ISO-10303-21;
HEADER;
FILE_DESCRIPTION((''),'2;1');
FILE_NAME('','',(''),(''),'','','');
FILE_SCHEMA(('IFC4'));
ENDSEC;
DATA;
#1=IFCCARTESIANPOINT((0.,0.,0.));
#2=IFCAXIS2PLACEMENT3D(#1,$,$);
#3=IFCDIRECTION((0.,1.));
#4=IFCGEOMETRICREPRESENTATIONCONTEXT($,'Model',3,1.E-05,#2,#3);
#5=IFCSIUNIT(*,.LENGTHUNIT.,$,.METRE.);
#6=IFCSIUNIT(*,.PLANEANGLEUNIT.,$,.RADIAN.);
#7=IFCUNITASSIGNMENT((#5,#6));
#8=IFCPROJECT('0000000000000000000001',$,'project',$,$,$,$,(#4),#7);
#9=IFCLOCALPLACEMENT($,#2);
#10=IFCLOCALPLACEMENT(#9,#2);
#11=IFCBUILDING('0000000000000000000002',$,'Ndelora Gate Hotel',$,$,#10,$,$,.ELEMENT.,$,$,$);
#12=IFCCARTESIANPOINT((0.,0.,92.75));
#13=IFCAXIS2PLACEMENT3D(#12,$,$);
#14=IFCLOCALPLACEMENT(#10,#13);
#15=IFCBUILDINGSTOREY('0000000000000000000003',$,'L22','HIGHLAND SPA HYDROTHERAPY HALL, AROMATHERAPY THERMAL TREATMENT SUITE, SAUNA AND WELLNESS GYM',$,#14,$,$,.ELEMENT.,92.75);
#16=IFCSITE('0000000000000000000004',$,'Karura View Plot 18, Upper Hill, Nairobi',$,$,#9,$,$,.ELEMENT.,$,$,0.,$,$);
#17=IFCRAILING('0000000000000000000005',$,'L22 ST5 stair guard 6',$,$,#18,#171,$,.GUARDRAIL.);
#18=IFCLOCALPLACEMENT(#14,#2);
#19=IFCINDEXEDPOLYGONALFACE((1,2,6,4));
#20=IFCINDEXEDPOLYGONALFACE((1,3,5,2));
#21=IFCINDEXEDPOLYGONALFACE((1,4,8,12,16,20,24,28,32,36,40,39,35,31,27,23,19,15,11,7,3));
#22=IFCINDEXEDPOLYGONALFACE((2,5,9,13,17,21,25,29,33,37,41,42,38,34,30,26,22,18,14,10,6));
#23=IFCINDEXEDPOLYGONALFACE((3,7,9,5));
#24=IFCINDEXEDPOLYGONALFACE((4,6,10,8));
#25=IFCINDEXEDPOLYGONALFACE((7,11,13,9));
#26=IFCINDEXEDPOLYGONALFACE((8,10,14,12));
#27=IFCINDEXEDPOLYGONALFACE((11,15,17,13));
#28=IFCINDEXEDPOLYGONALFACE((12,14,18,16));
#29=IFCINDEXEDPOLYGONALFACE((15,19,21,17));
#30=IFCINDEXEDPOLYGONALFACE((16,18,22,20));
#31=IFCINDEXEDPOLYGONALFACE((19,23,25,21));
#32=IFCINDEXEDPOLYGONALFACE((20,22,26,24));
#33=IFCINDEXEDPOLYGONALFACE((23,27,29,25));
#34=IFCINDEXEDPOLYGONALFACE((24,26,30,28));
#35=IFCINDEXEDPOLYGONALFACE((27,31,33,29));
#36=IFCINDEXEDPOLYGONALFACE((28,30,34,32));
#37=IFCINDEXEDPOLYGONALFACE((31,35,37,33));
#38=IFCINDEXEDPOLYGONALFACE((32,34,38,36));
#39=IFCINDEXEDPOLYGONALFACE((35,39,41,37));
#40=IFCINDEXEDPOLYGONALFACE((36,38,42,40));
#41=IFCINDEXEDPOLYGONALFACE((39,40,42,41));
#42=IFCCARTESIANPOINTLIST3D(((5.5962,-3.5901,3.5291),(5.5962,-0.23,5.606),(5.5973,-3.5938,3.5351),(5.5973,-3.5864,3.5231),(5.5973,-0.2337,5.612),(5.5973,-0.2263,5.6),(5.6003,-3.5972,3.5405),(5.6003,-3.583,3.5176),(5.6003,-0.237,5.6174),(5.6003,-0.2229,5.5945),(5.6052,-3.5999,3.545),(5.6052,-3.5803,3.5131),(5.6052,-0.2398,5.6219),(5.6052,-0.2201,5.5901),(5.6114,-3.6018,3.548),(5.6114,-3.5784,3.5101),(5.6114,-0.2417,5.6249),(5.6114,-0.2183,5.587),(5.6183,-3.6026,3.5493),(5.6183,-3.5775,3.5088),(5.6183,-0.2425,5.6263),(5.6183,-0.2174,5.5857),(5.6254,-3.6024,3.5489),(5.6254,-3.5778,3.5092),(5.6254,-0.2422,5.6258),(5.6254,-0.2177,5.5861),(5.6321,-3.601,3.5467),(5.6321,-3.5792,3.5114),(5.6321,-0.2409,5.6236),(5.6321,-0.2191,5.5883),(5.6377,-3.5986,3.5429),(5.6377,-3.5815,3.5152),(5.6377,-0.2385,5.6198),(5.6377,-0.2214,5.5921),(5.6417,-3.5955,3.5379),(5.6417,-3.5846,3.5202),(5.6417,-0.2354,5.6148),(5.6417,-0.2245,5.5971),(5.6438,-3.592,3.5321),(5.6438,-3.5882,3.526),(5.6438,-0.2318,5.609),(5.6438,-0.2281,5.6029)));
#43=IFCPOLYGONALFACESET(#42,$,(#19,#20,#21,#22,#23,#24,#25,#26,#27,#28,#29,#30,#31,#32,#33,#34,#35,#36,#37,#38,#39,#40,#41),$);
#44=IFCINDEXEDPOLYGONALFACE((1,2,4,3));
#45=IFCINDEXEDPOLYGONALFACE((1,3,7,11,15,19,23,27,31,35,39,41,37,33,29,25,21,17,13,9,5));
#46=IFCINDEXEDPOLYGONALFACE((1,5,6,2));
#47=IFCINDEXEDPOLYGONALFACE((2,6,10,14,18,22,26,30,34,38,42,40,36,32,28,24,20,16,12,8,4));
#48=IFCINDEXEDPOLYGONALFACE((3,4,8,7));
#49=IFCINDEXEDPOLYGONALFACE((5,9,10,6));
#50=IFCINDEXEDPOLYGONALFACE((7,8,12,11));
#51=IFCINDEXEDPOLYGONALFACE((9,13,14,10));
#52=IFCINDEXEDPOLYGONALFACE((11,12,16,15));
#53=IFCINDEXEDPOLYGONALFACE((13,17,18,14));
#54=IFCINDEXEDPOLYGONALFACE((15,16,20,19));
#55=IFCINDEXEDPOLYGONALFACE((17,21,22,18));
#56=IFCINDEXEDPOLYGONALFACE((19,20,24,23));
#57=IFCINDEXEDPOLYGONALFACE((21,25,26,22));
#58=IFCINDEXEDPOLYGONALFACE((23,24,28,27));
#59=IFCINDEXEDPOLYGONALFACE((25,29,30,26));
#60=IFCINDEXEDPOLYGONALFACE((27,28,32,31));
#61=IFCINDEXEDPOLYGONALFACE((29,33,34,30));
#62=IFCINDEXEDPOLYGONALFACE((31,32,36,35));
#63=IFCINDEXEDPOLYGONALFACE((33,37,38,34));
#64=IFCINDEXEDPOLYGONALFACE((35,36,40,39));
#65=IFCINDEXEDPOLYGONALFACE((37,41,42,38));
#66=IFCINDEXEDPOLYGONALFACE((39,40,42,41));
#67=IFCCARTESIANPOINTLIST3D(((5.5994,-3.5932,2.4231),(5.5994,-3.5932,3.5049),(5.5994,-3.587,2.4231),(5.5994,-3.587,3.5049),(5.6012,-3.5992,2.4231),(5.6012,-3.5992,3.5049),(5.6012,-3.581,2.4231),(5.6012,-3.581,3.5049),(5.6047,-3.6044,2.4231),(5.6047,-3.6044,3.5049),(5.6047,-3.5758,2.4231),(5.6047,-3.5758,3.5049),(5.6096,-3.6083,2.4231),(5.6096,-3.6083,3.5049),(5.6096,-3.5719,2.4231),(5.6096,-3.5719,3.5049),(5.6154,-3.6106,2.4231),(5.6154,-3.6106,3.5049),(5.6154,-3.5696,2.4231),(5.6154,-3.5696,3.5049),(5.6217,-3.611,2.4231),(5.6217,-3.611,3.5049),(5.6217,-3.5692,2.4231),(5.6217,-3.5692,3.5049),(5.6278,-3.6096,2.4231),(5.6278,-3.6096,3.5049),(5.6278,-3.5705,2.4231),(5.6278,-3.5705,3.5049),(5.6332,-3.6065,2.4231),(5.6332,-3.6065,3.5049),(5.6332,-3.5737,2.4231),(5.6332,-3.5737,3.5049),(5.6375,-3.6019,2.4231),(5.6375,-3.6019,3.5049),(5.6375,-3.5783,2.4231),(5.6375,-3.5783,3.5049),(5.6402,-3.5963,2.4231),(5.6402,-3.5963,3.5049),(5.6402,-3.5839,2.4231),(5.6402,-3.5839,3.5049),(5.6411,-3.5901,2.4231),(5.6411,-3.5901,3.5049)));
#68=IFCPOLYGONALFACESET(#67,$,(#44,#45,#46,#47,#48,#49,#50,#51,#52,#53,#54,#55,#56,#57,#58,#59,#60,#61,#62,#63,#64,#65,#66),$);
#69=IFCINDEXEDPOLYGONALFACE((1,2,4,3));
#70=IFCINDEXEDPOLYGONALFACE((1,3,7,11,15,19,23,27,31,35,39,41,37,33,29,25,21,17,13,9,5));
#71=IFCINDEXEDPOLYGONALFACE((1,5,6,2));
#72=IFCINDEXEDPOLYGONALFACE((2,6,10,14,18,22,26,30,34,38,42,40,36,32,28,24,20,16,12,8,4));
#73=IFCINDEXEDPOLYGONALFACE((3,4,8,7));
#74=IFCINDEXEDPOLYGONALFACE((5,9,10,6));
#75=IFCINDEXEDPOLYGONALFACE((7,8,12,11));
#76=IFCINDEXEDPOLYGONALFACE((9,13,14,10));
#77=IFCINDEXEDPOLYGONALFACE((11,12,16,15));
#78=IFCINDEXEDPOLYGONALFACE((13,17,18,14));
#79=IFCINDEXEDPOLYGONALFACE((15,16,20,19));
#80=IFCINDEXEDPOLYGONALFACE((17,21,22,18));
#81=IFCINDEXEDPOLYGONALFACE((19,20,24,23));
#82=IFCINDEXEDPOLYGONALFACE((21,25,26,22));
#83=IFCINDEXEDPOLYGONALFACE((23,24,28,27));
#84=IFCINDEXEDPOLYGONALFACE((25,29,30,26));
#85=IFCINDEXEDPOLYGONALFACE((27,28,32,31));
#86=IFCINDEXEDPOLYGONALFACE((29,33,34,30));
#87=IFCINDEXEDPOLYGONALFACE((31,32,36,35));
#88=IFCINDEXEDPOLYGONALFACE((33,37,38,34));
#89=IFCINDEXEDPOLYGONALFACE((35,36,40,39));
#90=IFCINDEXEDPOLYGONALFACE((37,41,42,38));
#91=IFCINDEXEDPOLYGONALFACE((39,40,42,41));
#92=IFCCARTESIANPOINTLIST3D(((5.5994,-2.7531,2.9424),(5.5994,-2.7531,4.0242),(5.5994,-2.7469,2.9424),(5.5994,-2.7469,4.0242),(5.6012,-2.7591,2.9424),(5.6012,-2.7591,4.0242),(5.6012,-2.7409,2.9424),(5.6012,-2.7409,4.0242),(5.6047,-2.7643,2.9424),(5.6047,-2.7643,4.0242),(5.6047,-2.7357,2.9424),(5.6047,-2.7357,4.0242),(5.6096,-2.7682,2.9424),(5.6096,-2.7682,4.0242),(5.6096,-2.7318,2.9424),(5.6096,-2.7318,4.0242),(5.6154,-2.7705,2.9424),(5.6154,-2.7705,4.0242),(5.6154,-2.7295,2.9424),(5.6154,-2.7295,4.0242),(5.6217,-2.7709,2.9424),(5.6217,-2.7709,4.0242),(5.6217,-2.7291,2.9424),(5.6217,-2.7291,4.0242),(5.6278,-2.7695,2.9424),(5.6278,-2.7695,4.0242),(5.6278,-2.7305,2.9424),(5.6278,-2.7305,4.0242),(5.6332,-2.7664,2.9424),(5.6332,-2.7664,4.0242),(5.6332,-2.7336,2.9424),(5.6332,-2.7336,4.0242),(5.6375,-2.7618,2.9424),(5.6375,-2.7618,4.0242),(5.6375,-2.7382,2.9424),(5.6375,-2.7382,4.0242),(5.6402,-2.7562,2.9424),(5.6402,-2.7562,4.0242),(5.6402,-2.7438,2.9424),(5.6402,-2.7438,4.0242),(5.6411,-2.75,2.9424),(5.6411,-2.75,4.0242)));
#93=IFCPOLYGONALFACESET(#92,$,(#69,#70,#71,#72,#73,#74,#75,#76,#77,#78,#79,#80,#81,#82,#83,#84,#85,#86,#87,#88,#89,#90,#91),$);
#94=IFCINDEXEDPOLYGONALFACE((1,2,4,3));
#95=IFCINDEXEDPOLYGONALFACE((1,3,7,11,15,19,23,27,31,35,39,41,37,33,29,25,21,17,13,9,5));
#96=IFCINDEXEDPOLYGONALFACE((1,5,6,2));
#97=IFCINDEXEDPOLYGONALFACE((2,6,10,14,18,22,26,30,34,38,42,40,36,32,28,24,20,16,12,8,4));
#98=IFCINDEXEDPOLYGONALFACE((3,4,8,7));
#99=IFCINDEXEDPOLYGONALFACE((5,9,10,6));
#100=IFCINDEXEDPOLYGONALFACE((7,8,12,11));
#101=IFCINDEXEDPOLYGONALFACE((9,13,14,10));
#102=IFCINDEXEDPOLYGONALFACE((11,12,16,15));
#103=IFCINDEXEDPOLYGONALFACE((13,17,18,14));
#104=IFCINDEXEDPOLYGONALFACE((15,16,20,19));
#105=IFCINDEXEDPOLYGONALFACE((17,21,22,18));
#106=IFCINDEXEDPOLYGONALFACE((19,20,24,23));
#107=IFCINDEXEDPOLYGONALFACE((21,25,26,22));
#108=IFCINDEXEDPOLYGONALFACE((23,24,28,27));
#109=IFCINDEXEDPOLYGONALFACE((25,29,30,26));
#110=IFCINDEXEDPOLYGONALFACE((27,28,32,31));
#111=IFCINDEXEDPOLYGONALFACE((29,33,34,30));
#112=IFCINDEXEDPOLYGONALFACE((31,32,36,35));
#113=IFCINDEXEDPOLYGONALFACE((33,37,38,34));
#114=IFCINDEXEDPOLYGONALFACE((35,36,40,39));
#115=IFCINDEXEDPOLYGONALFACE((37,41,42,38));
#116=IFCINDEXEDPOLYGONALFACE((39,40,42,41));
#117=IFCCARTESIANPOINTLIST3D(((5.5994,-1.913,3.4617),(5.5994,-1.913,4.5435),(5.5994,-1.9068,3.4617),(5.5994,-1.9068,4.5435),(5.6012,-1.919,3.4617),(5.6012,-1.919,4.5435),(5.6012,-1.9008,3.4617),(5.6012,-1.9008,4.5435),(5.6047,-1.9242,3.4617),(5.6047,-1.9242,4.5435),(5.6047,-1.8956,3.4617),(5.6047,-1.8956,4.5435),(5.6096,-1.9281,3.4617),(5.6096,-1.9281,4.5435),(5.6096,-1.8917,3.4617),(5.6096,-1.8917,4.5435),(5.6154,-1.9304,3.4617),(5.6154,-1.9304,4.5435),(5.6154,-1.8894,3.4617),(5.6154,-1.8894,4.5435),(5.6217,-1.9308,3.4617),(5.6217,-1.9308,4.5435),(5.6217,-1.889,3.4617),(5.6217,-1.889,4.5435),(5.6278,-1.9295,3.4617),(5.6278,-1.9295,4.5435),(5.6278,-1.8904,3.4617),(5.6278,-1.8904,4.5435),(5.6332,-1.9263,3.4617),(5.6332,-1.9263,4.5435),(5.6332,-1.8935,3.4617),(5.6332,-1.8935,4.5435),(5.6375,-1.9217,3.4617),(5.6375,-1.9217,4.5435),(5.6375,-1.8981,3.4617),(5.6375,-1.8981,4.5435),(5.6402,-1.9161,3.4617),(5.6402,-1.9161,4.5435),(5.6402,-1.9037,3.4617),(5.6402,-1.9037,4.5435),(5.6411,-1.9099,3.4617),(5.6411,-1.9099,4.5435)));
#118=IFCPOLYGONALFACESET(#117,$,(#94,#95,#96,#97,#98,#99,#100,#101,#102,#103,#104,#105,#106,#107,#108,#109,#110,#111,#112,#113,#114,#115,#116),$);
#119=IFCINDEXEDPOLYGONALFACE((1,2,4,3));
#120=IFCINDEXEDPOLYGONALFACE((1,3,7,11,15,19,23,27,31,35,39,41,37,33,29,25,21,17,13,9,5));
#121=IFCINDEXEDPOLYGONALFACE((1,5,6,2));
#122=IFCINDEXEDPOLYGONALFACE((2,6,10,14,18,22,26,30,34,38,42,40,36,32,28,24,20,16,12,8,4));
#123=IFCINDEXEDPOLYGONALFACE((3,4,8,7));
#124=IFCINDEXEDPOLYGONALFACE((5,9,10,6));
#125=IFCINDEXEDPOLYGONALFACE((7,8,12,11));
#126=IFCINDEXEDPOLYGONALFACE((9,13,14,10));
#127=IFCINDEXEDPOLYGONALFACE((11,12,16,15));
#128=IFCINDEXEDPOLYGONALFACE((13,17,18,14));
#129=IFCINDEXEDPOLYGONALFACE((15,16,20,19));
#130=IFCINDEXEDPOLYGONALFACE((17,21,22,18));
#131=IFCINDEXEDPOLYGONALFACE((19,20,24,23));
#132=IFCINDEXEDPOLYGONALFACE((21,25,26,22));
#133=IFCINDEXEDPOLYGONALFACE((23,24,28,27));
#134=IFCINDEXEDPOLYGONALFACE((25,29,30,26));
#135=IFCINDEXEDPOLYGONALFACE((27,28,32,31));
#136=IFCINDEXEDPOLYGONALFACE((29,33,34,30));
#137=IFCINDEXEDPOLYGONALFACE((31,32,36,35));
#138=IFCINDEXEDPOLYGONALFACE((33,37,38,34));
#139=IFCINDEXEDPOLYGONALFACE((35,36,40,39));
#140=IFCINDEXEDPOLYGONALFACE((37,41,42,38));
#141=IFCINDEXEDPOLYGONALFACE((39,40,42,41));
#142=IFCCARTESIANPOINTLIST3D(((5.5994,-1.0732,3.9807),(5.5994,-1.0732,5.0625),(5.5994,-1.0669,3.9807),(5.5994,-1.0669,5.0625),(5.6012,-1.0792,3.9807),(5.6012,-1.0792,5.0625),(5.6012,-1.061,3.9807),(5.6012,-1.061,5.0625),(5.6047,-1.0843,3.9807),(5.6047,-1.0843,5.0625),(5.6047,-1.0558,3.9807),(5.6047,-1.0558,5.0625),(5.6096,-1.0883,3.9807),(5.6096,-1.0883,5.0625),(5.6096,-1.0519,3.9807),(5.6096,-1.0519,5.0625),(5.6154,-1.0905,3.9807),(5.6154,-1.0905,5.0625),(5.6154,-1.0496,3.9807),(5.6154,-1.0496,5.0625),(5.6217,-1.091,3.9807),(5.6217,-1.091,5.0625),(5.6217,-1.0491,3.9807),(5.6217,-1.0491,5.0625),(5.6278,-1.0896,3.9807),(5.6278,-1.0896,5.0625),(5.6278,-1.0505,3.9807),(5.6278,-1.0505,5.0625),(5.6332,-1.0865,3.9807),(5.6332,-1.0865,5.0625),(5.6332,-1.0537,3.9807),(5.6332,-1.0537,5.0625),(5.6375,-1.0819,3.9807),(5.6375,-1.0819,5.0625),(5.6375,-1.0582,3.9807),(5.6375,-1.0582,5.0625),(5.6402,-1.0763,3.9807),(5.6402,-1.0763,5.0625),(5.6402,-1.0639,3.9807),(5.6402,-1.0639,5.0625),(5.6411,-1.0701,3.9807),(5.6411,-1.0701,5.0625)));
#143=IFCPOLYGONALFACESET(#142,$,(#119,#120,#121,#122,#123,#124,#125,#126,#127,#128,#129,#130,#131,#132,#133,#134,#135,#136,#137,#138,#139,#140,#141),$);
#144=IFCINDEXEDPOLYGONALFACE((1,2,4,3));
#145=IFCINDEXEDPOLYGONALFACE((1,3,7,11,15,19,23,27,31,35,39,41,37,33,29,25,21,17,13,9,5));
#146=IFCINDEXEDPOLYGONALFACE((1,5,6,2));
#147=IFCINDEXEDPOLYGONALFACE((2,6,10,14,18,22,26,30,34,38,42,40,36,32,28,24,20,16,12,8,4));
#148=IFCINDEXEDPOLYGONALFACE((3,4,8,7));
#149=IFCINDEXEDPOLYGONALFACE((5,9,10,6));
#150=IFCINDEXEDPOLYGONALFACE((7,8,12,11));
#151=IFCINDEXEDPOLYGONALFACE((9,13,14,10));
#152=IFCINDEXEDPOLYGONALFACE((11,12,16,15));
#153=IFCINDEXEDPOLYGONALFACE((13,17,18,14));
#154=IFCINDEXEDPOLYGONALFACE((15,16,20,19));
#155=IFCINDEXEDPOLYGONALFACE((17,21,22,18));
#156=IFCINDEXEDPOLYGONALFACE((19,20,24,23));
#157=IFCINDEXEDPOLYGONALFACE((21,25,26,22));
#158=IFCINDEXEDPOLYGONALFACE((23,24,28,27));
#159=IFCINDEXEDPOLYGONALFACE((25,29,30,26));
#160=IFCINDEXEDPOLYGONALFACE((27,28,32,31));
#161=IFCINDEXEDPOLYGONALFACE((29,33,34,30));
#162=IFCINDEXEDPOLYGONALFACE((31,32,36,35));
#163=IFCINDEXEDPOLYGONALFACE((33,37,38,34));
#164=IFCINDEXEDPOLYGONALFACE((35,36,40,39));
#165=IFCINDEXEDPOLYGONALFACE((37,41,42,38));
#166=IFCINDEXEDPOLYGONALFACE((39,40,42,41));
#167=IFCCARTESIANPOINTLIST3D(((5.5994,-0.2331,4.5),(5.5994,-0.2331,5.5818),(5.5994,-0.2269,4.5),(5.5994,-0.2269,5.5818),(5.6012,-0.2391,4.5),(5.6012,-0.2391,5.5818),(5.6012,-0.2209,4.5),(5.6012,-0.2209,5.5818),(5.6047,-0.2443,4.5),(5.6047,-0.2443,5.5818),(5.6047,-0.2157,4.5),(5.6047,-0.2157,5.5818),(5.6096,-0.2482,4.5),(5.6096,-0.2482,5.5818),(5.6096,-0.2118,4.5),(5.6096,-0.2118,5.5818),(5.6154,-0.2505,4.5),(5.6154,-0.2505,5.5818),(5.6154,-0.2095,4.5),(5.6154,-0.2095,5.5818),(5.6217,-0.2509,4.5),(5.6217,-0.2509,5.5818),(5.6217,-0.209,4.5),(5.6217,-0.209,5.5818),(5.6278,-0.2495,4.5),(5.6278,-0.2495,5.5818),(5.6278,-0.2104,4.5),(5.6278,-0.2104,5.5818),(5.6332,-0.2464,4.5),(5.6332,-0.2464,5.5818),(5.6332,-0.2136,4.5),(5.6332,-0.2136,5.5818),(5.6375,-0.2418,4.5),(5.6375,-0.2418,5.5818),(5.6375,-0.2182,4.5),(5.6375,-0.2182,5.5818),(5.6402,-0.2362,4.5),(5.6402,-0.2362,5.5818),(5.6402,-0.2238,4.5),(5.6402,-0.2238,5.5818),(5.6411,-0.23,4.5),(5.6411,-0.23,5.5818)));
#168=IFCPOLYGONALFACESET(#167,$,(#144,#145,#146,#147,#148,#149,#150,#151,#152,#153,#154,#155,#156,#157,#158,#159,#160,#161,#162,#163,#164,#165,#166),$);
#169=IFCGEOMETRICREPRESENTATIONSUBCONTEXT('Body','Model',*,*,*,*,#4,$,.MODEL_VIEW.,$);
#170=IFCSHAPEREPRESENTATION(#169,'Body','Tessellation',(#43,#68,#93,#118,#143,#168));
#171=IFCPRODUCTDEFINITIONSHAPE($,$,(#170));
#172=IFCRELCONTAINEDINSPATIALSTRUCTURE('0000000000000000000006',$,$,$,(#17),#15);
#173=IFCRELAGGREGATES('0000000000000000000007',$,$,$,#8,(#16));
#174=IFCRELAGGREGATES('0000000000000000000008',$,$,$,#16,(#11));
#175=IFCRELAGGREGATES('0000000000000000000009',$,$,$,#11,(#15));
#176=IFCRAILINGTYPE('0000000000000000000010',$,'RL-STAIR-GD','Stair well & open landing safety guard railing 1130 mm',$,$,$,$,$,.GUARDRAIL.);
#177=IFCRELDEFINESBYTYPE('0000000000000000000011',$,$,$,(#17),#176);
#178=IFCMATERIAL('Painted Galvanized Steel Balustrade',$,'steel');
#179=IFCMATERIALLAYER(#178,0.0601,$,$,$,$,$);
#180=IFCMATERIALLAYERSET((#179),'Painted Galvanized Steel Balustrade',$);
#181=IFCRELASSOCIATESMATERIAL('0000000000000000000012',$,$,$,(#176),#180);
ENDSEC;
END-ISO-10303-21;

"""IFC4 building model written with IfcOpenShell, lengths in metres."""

from ifc_helpers import new_model, si_unit, direction, frame, origin, origin_2d, place, context, subcontext, project, spatial, circle, extrude, material, layer, layer_set, type_object, element, save


model = new_model("IFC4")

# Units and contexts
model_context = context("Model", 3, precision=1e-05, world=origin(), true_north=direction((0.0, 1.0)))
body_context = subcontext(model_context, "Body", "Model", "MODEL_VIEW")
ifc_project = project(units=[si_unit("LENGTHUNIT", "METRE"), si_unit("PLANEANGLEUNIT", "RADIAN")], contexts=[model_context])

# Site, building, storey
site_placement = place(None, origin())
site = spatial("IfcSite", under=ifc_project, at=site_placement, Name="Karura View Plot 18, Upper Hill, Nairobi", CompositionType="ELEMENT", RefElevation=0.0)
building_placement = place(site_placement, origin())
building = spatial("IfcBuilding", under=site, at=building_placement, Name="Ndelora Gate Hotel", CompositionType="ELEMENT")
storey_placement = place(building_placement, frame((0.0, 0.0, 92.75)))
storey = spatial("IfcBuildingStorey", under=building, at=storey_placement, Name="L22", Description="HIGHLAND SPA HYDROTHERAPY HALL, AROMATHERAPY THERMAL TREATMENT SUITE, SAUNA AND WELLNESS GYM", CompositionType="ELEMENT", Elevation=92.75)

# Railing
ifc_material_1 = material(Name="Painted Galvanized Steel Balustrade", Category="steel")
ifc_layer_1 = layer(ifc_material_1, 0.0601)
ifc_layer_set_1 = layer_set([ifc_layer_1], Name="Painted Galvanized Steel Balustrade")
railing_type_1 = type_object("IfcRailingType", Name="RL-STAIR-GD", Description="Stair well & open landing safety guard railing 1130 mm", PredefinedType="GUARDRAIL", material=ifc_layer_set_1)
railing_1_placement = place(storey_placement, frame((5.6201, -3.5901, 2.4231)))
element("IfcRailing", 1, at=railing_1_placement, inside=storey, type_object=railing_type_1, Name="L22 ST5 stair guard 6", PredefinedType="GUARDRAIL", context=body_context, shape_type="SweptSolid", body=[
    extrude(circle(Radius=0.0239, at=origin_2d()), frame((0.0, 0.0, 1.106), z_axis=(0.0, 0.850623, 0.525776), x_axis=(-1.0, 0.0, 0.0)), (0.0, 0.0, 1.0), 3.9502),
    extrude(circle(Radius=0.021, at=origin_2d()), origin(), (0.0, 0.0, 1.0), 1.0818),
    extrude(circle(Radius=0.021, at=origin_2d()), frame((0.0, 0.8401, 0.5193)), (0.0, 0.0, 1.0), 1.0818),
    extrude(circle(Radius=0.021, at=origin_2d()), frame((0.0, 1.6802, 1.0386)), (0.0, 0.0, 1.0), 1.0818),
    extrude(circle(Radius=0.021, at=origin_2d()), frame((0.0, 2.52, 1.5576)), (0.0, 0.0, 1.0), 1.0818),
    extrude(circle(Radius=0.021, at=origin_2d()), frame((0.0, 3.3601, 2.0769)), (0.0, 0.0, 1.0), 1.0818),
])

save(model, "model.ifc")
